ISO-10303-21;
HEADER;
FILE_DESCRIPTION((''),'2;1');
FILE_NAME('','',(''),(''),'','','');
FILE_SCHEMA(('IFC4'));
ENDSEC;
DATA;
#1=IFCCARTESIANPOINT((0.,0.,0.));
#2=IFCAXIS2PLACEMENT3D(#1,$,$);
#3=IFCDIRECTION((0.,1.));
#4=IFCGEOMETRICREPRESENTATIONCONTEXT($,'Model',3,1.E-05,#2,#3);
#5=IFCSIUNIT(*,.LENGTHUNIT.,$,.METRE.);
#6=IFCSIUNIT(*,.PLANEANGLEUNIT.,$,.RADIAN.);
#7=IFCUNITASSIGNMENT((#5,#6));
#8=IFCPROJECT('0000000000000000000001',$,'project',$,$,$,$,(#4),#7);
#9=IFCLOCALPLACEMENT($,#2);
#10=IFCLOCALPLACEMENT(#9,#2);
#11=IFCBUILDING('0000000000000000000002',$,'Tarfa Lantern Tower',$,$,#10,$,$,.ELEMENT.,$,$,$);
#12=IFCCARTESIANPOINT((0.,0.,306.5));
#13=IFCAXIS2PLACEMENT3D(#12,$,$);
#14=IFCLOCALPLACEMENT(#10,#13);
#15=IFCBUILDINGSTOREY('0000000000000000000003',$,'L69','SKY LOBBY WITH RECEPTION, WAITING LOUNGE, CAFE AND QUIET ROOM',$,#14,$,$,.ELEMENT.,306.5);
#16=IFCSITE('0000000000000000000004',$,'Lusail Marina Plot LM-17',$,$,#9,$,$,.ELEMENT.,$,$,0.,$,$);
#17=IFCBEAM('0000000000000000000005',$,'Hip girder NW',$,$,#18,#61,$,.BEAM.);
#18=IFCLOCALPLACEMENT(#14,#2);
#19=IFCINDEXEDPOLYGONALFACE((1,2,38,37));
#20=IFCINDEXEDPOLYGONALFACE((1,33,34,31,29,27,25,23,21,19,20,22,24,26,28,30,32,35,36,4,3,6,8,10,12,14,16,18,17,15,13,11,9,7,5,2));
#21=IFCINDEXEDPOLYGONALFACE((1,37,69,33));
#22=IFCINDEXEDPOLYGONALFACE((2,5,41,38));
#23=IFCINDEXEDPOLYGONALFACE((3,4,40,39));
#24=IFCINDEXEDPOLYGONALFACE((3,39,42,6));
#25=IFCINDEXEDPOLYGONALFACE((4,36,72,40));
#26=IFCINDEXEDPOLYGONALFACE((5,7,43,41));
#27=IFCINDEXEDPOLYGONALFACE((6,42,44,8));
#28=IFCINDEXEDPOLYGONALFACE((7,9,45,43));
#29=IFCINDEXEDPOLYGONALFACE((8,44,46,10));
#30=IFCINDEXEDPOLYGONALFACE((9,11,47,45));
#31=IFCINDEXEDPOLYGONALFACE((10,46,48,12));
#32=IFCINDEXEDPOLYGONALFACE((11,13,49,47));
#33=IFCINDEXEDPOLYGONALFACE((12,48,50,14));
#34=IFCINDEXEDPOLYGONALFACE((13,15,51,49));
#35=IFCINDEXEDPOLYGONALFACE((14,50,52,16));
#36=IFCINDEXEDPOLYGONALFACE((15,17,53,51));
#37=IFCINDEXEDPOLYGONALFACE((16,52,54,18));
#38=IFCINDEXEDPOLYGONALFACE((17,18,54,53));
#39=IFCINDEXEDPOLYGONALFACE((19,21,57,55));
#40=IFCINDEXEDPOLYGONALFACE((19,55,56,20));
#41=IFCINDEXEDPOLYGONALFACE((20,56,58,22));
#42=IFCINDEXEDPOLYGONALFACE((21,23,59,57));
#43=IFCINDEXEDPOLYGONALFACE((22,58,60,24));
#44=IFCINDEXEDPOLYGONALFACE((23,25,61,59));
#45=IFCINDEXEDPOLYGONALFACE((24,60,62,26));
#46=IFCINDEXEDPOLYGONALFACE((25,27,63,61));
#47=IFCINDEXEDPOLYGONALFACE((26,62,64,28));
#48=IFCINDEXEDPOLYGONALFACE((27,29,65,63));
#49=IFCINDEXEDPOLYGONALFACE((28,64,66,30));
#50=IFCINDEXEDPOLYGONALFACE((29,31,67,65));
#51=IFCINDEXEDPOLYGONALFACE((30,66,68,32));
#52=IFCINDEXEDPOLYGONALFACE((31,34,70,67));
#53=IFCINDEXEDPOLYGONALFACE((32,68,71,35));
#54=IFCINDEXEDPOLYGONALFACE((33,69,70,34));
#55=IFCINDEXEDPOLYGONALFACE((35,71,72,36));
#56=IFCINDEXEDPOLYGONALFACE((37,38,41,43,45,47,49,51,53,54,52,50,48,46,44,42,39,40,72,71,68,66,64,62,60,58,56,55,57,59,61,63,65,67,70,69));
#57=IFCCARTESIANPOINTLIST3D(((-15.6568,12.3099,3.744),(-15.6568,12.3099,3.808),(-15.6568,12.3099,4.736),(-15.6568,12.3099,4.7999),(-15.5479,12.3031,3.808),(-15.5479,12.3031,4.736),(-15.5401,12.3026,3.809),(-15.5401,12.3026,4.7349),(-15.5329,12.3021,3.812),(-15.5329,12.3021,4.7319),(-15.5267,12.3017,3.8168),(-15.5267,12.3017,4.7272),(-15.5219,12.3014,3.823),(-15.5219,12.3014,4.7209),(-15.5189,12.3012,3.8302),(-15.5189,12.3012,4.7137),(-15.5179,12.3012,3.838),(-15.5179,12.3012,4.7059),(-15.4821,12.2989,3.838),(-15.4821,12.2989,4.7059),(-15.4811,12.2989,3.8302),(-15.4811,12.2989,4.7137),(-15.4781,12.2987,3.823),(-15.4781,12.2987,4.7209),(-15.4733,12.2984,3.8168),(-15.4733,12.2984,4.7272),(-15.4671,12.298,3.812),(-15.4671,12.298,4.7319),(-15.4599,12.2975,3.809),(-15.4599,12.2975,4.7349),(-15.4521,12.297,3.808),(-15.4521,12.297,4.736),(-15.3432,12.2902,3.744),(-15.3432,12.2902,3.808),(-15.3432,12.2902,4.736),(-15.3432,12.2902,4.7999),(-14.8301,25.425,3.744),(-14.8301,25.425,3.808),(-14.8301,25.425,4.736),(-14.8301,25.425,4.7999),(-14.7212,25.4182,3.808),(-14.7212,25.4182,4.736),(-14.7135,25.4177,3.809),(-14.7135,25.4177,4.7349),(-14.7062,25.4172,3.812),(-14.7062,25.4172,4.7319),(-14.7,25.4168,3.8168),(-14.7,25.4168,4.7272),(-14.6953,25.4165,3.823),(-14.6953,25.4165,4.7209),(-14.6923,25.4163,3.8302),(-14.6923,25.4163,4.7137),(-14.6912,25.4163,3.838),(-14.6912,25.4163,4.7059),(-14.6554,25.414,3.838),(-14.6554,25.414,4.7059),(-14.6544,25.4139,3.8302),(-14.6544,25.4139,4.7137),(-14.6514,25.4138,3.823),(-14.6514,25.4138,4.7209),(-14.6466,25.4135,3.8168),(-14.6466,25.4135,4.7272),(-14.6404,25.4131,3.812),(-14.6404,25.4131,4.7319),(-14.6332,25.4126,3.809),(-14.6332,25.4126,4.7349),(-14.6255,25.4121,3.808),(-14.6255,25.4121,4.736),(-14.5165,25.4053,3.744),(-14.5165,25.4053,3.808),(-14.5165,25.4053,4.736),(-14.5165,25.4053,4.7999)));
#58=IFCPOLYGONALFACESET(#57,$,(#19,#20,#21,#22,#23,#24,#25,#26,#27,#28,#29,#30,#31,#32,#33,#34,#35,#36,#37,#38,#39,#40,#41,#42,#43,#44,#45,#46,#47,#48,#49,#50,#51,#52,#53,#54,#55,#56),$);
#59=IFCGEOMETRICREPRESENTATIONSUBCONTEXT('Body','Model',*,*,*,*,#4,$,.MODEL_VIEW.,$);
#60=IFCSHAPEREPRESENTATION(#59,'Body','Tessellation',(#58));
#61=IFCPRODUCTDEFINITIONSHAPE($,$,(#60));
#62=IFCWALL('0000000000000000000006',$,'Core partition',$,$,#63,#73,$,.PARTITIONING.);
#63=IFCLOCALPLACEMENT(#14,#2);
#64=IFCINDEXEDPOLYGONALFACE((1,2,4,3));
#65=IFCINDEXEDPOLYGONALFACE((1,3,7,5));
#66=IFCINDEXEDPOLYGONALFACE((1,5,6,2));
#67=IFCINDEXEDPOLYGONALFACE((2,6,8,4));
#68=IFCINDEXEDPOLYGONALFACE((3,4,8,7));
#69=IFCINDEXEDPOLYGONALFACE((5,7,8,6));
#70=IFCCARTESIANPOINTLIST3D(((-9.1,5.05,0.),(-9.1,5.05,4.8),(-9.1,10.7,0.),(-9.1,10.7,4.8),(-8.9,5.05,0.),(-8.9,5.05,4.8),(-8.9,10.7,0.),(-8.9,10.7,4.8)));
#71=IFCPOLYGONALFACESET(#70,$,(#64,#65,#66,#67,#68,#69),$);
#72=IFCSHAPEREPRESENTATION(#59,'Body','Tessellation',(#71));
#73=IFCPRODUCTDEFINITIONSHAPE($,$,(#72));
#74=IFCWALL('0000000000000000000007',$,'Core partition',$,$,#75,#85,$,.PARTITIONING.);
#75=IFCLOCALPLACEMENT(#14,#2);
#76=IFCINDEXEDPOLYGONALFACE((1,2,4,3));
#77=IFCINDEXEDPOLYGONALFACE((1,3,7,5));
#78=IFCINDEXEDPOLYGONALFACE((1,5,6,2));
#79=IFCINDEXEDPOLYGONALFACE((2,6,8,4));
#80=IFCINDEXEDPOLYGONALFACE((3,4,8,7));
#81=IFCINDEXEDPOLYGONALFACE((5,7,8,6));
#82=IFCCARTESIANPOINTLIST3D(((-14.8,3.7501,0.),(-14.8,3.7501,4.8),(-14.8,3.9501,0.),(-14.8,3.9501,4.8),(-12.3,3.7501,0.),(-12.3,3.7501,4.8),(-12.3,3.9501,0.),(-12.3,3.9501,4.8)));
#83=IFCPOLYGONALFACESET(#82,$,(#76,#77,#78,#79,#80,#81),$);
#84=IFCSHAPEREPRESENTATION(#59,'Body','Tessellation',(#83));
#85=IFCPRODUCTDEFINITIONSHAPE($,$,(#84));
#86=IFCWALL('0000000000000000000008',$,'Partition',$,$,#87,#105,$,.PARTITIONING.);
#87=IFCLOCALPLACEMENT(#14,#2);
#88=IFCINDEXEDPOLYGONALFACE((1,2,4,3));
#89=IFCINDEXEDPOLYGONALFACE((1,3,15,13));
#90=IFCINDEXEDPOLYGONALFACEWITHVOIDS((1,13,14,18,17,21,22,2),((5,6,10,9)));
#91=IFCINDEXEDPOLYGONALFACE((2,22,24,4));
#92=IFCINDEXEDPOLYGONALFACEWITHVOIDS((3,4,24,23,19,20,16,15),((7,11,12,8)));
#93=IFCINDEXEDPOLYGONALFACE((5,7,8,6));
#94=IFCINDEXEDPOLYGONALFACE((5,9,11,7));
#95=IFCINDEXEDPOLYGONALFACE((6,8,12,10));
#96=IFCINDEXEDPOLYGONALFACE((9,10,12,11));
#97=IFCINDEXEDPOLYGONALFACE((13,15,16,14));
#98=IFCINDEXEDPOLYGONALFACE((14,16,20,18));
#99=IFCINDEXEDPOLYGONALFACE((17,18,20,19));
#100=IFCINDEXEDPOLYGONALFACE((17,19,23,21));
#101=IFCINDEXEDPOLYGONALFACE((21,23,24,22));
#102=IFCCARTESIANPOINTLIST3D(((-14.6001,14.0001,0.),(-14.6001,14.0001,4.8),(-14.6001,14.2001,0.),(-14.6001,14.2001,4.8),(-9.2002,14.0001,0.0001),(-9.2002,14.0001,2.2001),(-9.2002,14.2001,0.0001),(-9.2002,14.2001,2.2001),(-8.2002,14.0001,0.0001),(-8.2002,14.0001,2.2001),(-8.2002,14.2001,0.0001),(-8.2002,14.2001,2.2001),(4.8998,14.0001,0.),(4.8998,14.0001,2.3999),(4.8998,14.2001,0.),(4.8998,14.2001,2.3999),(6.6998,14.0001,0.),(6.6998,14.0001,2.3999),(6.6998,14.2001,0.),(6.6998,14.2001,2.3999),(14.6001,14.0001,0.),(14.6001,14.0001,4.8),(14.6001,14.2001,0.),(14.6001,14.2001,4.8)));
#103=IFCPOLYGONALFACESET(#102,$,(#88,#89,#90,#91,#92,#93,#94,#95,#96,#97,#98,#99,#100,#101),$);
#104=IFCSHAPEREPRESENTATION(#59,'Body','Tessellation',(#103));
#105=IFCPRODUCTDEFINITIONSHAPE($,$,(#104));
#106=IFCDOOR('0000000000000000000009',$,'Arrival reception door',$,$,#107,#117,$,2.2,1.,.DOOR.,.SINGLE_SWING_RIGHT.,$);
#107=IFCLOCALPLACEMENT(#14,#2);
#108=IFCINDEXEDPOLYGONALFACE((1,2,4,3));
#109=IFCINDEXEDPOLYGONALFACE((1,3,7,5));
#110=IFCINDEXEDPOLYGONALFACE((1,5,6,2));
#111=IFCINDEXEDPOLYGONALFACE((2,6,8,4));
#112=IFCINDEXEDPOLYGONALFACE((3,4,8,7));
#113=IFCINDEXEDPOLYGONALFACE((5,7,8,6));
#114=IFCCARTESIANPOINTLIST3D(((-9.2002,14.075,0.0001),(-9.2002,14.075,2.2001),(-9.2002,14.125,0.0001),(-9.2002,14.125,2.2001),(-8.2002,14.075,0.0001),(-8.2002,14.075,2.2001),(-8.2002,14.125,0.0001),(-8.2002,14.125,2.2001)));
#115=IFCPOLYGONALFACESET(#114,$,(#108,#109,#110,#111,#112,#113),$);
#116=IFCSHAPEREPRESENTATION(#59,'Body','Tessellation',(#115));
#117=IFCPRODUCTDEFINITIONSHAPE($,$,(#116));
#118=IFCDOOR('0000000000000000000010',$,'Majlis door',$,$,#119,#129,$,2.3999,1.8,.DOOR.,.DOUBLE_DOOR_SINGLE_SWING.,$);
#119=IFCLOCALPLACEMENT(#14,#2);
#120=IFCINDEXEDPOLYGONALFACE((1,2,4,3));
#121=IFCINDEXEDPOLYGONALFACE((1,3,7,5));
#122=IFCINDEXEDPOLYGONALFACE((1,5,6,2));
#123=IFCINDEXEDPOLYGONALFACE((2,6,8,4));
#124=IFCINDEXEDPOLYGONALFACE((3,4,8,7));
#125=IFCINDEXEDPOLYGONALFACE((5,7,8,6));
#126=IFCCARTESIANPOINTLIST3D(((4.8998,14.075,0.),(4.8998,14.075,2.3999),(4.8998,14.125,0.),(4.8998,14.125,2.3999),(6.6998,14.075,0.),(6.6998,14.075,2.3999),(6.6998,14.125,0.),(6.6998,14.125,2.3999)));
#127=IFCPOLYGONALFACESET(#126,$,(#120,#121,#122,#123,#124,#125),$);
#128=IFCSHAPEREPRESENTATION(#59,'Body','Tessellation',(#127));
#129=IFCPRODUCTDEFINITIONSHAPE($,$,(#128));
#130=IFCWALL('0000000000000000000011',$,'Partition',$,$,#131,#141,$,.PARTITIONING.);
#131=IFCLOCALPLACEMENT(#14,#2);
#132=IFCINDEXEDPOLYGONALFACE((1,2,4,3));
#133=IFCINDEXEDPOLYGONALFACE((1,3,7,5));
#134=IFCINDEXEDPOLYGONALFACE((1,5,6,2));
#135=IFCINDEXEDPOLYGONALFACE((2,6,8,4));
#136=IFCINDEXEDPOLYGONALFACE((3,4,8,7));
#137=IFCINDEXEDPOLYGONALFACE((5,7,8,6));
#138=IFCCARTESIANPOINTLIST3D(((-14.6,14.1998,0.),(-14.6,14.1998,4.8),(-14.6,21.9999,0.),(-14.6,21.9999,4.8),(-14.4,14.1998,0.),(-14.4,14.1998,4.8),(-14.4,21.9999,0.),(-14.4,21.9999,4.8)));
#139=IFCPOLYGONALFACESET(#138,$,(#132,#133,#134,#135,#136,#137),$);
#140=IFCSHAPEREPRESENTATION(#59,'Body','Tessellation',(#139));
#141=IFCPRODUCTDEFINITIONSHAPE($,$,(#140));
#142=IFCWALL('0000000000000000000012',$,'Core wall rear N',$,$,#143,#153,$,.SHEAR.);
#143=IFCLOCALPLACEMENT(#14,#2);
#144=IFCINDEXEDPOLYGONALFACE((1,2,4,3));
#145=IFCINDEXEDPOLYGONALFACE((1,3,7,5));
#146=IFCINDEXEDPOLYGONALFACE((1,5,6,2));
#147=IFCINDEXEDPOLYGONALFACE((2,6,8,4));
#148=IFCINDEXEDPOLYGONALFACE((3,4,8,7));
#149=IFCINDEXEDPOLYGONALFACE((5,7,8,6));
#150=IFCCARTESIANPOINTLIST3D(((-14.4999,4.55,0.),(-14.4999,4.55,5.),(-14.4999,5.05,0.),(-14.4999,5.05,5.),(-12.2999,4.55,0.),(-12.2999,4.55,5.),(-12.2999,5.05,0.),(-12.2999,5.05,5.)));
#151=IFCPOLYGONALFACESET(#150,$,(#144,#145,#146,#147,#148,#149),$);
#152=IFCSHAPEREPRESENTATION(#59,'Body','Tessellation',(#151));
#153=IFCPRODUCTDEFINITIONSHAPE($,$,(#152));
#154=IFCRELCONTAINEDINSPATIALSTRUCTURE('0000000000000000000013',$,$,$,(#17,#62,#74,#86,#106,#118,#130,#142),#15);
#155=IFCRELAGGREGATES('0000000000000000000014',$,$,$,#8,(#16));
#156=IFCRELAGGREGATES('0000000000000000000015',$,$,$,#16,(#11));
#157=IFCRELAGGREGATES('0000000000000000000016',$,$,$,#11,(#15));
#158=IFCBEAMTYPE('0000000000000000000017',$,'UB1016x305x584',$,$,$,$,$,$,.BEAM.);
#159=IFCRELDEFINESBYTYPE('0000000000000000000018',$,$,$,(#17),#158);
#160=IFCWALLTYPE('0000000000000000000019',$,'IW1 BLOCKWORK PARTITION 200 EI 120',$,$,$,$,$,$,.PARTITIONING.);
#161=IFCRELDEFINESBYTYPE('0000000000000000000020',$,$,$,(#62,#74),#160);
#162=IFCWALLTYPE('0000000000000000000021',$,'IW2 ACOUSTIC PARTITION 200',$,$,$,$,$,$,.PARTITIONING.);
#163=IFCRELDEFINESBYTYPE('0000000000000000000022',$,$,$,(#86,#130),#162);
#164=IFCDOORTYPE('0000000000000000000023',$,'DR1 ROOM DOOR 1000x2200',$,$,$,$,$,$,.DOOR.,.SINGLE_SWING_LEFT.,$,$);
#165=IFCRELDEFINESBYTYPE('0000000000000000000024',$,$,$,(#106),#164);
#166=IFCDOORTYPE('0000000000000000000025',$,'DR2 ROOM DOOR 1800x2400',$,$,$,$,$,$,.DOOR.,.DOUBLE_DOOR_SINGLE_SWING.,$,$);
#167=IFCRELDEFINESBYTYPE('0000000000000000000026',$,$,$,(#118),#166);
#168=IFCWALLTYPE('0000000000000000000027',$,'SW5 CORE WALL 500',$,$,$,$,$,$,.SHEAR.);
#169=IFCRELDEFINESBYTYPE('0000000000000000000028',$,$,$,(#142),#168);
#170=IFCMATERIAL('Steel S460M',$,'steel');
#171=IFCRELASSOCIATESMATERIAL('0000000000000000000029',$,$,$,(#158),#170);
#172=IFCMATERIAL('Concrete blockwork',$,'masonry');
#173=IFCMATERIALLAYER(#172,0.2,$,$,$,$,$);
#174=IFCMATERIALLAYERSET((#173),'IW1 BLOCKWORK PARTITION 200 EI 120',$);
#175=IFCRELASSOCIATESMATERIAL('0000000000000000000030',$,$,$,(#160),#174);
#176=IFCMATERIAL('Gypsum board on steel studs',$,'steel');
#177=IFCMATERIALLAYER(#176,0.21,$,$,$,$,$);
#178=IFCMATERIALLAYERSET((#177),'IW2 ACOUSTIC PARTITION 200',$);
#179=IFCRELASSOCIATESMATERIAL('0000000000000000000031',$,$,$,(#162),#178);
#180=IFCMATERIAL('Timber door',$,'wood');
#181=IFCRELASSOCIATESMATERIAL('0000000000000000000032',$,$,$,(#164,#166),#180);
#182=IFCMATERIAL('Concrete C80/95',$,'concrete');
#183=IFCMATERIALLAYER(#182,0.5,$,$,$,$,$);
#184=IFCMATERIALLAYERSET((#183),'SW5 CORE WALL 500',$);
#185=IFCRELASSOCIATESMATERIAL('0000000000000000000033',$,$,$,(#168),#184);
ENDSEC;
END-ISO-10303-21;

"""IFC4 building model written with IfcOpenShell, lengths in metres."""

from ifc_helpers import new_model, si_unit, direction, frame, frame_2d, origin, origin_2d, place, context, subcontext, project, spatial, rectangle, i_section, extrude, material, layer, layer_set, material_profile, profile_set, type_object, element, fill, save


model = new_model("IFC4")

# Units and contexts
model_context = context("Model", 3, precision=1e-05, world=origin(), true_north=direction((0.0, 1.0)))
body_context = subcontext(model_context, "Body", "Model", "MODEL_VIEW")
ifc_project = project(units=[si_unit("LENGTHUNIT", "METRE"), si_unit("PLANEANGLEUNIT", "RADIAN")], contexts=[model_context])

# Site, building, storey
site_placement = place(None, origin())
site = spatial("IfcSite", under=ifc_project, at=site_placement, Name="Lusail Marina Plot LM-17", CompositionType="ELEMENT", RefElevation=0.0)
building_placement = place(site_placement, origin())
building = spatial("IfcBuilding", under=site, at=building_placement, Name="Tarfa Lantern Tower", CompositionType="ELEMENT")
storey_placement = place(building_placement, frame((0.0, 0.0, 306.5)))
storey = spatial("IfcBuildingStorey", under=building, at=storey_placement, Name="L69", Description="SKY LOBBY WITH RECEPTION, WAITING LOUNGE, CAFE AND QUIET ROOM", CompositionType="ELEMENT", Elevation=306.5)

# Beam
ifc_material_1 = material(Name="Steel S460M", Category="steel")
ifc_material_profile = material_profile(ifc_material_1, i_section(OverallWidth=0.3142, OverallDepth=1.0559, WebThickness=0.0359, FlangeThickness=0.064, FilletRadius=0.03, at=origin_2d()), Name="UB1016x305x584")
ifc_profile_set = profile_set([ifc_material_profile], Name="Steel S460M")
beam_type = type_object("IfcBeamType", Name="UB1016x305x584", PredefinedType="BEAM", material=ifc_profile_set)
beam_placement = place(storey_placement, frame((-15.5, 12.3, 4.272), z_axis=(0.062907, 0.998019, 0.0), x_axis=(-0.998019, 0.062907, 0.0)))
element("IfcBeam", 1, at=beam_placement, inside=storey, type_object=beam_type, Name="Hip girder NW", PredefinedType="BEAM", context=body_context, shape_type="SweptSolid", body=[
    extrude(i_section(OverallWidth=0.3142, OverallDepth=1.0559, WebThickness=0.0359, FlangeThickness=0.064, FilletRadius=0.03, at=origin_2d()), origin(), (0.0, 0.0, 1.0), 13.1411),
])

# Walls
ifc_material_2 = material(Name="Concrete blockwork", Category="masonry")
ifc_layer_1 = layer(ifc_material_2, 0.2)
ifc_layer_set_1 = layer_set([ifc_layer_1], Name="IW1 BLOCKWORK PARTITION 200 EI 120")
wall_type_1 = type_object("IfcWallType", Name="IW1 BLOCKWORK PARTITION 200 EI 120", PredefinedType="PARTITIONING", material=ifc_layer_set_1)
wall_1_placement = place(storey_placement, frame((-9.0, 5.05, 0.0), z_axis=(0.0, 0.0, 1.0), x_axis=(0.0, 1.0, 0.0)))
element("IfcWall", 2, at=wall_1_placement, inside=storey, type_object=wall_type_1, Name="Core partition", PredefinedType="PARTITIONING", context=body_context, shape_type="SweptSolid", body=[
    extrude(rectangle(XDim=5.6499, YDim=0.2, at=frame_2d((2.825, 0.0))), origin(), (0.0, 0.0, 1.0), 4.8),
])
wall_2_placement = place(storey_placement, frame((-14.8, 3.8501, 0.0), z_axis=(0.0, 0.0, 1.0), x_axis=(1.0, 0.0, 0.0)))
element("IfcWall", 3, at=wall_2_placement, inside=storey, type_object=wall_type_1, Name="Core partition", PredefinedType="PARTITIONING", context=body_context, shape_type="SweptSolid", body=[
    extrude(rectangle(XDim=2.5, YDim=0.2, at=frame_2d((1.25, 0.0))), origin(), (0.0, 0.0, 1.0), 4.8),
])

# Wall, openings, doors
ifc_material_3 = material(Name="Gypsum board on steel studs", Category="steel")
ifc_layer_2 = layer(ifc_material_3, 0.21)
ifc_layer_set_2 = layer_set([ifc_layer_2], Name="IW2 ACOUSTIC PARTITION 200")
wall_type_2 = type_object("IfcWallType", Name="IW2 ACOUSTIC PARTITION 200", PredefinedType="PARTITIONING", material=ifc_layer_set_2)
wall_3_placement = place(storey_placement, frame((-14.6001, 14.1001, 0.0), z_axis=(0.0, 0.0, 1.0), x_axis=(1.0, 0.0, 0.0)))
wall_3 = element("IfcWall", 4, at=wall_3_placement, inside=storey, type_object=wall_type_2, Name="Partition", PredefinedType="PARTITIONING", context=body_context, shape_type="SweptSolid", body=[
    extrude(rectangle(XDim=29.2002, YDim=0.2, at=frame_2d((14.6001, 0.0))), origin(), (0.0, 0.0, 1.0), 4.8),
])
opening_1_placement = place(wall_3_placement, frame((5.3999, 0.0, 0.0)))
opening_1 = element("IfcOpeningElement", 5, at=opening_1_placement, cuts=wall_3, PredefinedType="OPENING", context=body_context, shape_type="SweptSolid", body=[
    extrude(rectangle(XDim=1.0, YDim=2.2, at=frame_2d((0.5, 1.1001))), frame((0.0, 0.1099, 0.0), z_axis=(0.0, -1.0, 0.0), x_axis=(1.0, 0.0, 0.0)), (0.0, 0.0, 1.0), 0.22),
])
opening_2_placement = place(wall_3_placement, frame((19.5, 0.0, 0.0)))
opening_2 = element("IfcOpeningElement", 6, at=opening_2_placement, cuts=wall_3, PredefinedType="OPENING", context=body_context, shape_type="SweptSolid", body=[
    extrude(rectangle(XDim=1.8, YDim=2.3999, at=frame_2d((0.8999, 1.2))), frame((0.0, 0.1099, 0.0), z_axis=(0.0, -1.0, 0.0), x_axis=(1.0, 0.0, 0.0)), (0.0, 0.0, 1.0), 0.22),
])
ifc_material_4 = material(Name="Timber door", Category="wood")
door_type_1 = type_object("IfcDoorType", Name="DR1 ROOM DOOR 1000x2200", OperationType="SINGLE_SWING_LEFT", PredefinedType="DOOR", material=ifc_material_4)
door_1_placement = place(opening_1_placement, origin())
door_1 = element("IfcDoor", 7, at=door_1_placement, inside=storey, type_object=door_type_1, Name="Arrival reception door", OperationType="SINGLE_SWING_RIGHT", OverallHeight=2.2, OverallWidth=1.0, PredefinedType="DOOR", context=body_context, shape_type="SweptSolid", body=[
    extrude(rectangle(XDim=1.0, YDim=2.2, at=frame_2d((0.5, 1.1001))), frame((0.0, 0.0249, 0.0), z_axis=(0.0, -1.0, 0.0), x_axis=(1.0, 0.0, 0.0)), (0.0, 0.0, 1.0), 0.05),
])
fill(opening_1, door_1)
door_type_2 = type_object("IfcDoorType", Name="DR2 ROOM DOOR 1800x2400", OperationType="DOUBLE_DOOR_SINGLE_SWING", PredefinedType="DOOR", material=ifc_material_4)
door_2_placement = place(opening_2_placement, origin())
door_2 = element("IfcDoor", 8, at=door_2_placement, inside=storey, type_object=door_type_2, Name="Majlis door", OperationType="DOUBLE_DOOR_SINGLE_SWING", OverallHeight=2.3999, OverallWidth=1.8, PredefinedType="DOOR", context=body_context, shape_type="SweptSolid", body=[
    extrude(rectangle(XDim=1.8, YDim=2.3999, at=frame_2d((0.8999, 1.2))), frame((0.0, 0.0249, 0.0), z_axis=(0.0, -1.0, 0.0), x_axis=(1.0, 0.0, 0.0)), (0.0, 0.0, 1.0), 0.05),
])
fill(opening_2, door_2)

# Wall
wall_4_placement = place(storey_placement, frame((-14.5, 14.2, 0.0), z_axis=(0.0, 0.0, 1.0), x_axis=(0.0, 1.0, 0.0)))
element("IfcWall", 9, at=wall_4_placement, inside=storey, type_object=wall_type_2, Name="Partition", PredefinedType="PARTITIONING", context=body_context, shape_type="SweptSolid", body=[
    extrude(rectangle(XDim=7.8, YDim=0.2, at=frame_2d((3.8999, 0.0))), origin(), (0.0, 0.0, 1.0), 4.8),
])

# Shared definitions
ifc_material_5 = material(Name="Concrete C80/95", Category="concrete")

# Wall
ifc_layer_3 = layer(ifc_material_5, 0.5)
ifc_layer_set_3 = layer_set([ifc_layer_3], Name="SW5 CORE WALL 500")
wall_type_3 = type_object("IfcWallType", Name="SW5 CORE WALL 500", PredefinedType="SHEAR", material=ifc_layer_set_3)
wall_5_placement = place(storey_placement, frame((-14.5, 4.8, 0.0), z_axis=(0.0, 0.0, 1.0), x_axis=(1.0, 0.0, 0.0)))
element("IfcWall", 10, at=wall_5_placement, inside=storey, type_object=wall_type_3, Name="Core wall rear N", PredefinedType="SHEAR", context=body_context, shape_type="SweptSolid", body=[
    extrude(rectangle(XDim=2.2, YDim=0.5, at=frame_2d((1.1001, 0.0))), origin(), (0.0, 0.0, 1.0), 5.0),
])

save(model, "model.ifc")
